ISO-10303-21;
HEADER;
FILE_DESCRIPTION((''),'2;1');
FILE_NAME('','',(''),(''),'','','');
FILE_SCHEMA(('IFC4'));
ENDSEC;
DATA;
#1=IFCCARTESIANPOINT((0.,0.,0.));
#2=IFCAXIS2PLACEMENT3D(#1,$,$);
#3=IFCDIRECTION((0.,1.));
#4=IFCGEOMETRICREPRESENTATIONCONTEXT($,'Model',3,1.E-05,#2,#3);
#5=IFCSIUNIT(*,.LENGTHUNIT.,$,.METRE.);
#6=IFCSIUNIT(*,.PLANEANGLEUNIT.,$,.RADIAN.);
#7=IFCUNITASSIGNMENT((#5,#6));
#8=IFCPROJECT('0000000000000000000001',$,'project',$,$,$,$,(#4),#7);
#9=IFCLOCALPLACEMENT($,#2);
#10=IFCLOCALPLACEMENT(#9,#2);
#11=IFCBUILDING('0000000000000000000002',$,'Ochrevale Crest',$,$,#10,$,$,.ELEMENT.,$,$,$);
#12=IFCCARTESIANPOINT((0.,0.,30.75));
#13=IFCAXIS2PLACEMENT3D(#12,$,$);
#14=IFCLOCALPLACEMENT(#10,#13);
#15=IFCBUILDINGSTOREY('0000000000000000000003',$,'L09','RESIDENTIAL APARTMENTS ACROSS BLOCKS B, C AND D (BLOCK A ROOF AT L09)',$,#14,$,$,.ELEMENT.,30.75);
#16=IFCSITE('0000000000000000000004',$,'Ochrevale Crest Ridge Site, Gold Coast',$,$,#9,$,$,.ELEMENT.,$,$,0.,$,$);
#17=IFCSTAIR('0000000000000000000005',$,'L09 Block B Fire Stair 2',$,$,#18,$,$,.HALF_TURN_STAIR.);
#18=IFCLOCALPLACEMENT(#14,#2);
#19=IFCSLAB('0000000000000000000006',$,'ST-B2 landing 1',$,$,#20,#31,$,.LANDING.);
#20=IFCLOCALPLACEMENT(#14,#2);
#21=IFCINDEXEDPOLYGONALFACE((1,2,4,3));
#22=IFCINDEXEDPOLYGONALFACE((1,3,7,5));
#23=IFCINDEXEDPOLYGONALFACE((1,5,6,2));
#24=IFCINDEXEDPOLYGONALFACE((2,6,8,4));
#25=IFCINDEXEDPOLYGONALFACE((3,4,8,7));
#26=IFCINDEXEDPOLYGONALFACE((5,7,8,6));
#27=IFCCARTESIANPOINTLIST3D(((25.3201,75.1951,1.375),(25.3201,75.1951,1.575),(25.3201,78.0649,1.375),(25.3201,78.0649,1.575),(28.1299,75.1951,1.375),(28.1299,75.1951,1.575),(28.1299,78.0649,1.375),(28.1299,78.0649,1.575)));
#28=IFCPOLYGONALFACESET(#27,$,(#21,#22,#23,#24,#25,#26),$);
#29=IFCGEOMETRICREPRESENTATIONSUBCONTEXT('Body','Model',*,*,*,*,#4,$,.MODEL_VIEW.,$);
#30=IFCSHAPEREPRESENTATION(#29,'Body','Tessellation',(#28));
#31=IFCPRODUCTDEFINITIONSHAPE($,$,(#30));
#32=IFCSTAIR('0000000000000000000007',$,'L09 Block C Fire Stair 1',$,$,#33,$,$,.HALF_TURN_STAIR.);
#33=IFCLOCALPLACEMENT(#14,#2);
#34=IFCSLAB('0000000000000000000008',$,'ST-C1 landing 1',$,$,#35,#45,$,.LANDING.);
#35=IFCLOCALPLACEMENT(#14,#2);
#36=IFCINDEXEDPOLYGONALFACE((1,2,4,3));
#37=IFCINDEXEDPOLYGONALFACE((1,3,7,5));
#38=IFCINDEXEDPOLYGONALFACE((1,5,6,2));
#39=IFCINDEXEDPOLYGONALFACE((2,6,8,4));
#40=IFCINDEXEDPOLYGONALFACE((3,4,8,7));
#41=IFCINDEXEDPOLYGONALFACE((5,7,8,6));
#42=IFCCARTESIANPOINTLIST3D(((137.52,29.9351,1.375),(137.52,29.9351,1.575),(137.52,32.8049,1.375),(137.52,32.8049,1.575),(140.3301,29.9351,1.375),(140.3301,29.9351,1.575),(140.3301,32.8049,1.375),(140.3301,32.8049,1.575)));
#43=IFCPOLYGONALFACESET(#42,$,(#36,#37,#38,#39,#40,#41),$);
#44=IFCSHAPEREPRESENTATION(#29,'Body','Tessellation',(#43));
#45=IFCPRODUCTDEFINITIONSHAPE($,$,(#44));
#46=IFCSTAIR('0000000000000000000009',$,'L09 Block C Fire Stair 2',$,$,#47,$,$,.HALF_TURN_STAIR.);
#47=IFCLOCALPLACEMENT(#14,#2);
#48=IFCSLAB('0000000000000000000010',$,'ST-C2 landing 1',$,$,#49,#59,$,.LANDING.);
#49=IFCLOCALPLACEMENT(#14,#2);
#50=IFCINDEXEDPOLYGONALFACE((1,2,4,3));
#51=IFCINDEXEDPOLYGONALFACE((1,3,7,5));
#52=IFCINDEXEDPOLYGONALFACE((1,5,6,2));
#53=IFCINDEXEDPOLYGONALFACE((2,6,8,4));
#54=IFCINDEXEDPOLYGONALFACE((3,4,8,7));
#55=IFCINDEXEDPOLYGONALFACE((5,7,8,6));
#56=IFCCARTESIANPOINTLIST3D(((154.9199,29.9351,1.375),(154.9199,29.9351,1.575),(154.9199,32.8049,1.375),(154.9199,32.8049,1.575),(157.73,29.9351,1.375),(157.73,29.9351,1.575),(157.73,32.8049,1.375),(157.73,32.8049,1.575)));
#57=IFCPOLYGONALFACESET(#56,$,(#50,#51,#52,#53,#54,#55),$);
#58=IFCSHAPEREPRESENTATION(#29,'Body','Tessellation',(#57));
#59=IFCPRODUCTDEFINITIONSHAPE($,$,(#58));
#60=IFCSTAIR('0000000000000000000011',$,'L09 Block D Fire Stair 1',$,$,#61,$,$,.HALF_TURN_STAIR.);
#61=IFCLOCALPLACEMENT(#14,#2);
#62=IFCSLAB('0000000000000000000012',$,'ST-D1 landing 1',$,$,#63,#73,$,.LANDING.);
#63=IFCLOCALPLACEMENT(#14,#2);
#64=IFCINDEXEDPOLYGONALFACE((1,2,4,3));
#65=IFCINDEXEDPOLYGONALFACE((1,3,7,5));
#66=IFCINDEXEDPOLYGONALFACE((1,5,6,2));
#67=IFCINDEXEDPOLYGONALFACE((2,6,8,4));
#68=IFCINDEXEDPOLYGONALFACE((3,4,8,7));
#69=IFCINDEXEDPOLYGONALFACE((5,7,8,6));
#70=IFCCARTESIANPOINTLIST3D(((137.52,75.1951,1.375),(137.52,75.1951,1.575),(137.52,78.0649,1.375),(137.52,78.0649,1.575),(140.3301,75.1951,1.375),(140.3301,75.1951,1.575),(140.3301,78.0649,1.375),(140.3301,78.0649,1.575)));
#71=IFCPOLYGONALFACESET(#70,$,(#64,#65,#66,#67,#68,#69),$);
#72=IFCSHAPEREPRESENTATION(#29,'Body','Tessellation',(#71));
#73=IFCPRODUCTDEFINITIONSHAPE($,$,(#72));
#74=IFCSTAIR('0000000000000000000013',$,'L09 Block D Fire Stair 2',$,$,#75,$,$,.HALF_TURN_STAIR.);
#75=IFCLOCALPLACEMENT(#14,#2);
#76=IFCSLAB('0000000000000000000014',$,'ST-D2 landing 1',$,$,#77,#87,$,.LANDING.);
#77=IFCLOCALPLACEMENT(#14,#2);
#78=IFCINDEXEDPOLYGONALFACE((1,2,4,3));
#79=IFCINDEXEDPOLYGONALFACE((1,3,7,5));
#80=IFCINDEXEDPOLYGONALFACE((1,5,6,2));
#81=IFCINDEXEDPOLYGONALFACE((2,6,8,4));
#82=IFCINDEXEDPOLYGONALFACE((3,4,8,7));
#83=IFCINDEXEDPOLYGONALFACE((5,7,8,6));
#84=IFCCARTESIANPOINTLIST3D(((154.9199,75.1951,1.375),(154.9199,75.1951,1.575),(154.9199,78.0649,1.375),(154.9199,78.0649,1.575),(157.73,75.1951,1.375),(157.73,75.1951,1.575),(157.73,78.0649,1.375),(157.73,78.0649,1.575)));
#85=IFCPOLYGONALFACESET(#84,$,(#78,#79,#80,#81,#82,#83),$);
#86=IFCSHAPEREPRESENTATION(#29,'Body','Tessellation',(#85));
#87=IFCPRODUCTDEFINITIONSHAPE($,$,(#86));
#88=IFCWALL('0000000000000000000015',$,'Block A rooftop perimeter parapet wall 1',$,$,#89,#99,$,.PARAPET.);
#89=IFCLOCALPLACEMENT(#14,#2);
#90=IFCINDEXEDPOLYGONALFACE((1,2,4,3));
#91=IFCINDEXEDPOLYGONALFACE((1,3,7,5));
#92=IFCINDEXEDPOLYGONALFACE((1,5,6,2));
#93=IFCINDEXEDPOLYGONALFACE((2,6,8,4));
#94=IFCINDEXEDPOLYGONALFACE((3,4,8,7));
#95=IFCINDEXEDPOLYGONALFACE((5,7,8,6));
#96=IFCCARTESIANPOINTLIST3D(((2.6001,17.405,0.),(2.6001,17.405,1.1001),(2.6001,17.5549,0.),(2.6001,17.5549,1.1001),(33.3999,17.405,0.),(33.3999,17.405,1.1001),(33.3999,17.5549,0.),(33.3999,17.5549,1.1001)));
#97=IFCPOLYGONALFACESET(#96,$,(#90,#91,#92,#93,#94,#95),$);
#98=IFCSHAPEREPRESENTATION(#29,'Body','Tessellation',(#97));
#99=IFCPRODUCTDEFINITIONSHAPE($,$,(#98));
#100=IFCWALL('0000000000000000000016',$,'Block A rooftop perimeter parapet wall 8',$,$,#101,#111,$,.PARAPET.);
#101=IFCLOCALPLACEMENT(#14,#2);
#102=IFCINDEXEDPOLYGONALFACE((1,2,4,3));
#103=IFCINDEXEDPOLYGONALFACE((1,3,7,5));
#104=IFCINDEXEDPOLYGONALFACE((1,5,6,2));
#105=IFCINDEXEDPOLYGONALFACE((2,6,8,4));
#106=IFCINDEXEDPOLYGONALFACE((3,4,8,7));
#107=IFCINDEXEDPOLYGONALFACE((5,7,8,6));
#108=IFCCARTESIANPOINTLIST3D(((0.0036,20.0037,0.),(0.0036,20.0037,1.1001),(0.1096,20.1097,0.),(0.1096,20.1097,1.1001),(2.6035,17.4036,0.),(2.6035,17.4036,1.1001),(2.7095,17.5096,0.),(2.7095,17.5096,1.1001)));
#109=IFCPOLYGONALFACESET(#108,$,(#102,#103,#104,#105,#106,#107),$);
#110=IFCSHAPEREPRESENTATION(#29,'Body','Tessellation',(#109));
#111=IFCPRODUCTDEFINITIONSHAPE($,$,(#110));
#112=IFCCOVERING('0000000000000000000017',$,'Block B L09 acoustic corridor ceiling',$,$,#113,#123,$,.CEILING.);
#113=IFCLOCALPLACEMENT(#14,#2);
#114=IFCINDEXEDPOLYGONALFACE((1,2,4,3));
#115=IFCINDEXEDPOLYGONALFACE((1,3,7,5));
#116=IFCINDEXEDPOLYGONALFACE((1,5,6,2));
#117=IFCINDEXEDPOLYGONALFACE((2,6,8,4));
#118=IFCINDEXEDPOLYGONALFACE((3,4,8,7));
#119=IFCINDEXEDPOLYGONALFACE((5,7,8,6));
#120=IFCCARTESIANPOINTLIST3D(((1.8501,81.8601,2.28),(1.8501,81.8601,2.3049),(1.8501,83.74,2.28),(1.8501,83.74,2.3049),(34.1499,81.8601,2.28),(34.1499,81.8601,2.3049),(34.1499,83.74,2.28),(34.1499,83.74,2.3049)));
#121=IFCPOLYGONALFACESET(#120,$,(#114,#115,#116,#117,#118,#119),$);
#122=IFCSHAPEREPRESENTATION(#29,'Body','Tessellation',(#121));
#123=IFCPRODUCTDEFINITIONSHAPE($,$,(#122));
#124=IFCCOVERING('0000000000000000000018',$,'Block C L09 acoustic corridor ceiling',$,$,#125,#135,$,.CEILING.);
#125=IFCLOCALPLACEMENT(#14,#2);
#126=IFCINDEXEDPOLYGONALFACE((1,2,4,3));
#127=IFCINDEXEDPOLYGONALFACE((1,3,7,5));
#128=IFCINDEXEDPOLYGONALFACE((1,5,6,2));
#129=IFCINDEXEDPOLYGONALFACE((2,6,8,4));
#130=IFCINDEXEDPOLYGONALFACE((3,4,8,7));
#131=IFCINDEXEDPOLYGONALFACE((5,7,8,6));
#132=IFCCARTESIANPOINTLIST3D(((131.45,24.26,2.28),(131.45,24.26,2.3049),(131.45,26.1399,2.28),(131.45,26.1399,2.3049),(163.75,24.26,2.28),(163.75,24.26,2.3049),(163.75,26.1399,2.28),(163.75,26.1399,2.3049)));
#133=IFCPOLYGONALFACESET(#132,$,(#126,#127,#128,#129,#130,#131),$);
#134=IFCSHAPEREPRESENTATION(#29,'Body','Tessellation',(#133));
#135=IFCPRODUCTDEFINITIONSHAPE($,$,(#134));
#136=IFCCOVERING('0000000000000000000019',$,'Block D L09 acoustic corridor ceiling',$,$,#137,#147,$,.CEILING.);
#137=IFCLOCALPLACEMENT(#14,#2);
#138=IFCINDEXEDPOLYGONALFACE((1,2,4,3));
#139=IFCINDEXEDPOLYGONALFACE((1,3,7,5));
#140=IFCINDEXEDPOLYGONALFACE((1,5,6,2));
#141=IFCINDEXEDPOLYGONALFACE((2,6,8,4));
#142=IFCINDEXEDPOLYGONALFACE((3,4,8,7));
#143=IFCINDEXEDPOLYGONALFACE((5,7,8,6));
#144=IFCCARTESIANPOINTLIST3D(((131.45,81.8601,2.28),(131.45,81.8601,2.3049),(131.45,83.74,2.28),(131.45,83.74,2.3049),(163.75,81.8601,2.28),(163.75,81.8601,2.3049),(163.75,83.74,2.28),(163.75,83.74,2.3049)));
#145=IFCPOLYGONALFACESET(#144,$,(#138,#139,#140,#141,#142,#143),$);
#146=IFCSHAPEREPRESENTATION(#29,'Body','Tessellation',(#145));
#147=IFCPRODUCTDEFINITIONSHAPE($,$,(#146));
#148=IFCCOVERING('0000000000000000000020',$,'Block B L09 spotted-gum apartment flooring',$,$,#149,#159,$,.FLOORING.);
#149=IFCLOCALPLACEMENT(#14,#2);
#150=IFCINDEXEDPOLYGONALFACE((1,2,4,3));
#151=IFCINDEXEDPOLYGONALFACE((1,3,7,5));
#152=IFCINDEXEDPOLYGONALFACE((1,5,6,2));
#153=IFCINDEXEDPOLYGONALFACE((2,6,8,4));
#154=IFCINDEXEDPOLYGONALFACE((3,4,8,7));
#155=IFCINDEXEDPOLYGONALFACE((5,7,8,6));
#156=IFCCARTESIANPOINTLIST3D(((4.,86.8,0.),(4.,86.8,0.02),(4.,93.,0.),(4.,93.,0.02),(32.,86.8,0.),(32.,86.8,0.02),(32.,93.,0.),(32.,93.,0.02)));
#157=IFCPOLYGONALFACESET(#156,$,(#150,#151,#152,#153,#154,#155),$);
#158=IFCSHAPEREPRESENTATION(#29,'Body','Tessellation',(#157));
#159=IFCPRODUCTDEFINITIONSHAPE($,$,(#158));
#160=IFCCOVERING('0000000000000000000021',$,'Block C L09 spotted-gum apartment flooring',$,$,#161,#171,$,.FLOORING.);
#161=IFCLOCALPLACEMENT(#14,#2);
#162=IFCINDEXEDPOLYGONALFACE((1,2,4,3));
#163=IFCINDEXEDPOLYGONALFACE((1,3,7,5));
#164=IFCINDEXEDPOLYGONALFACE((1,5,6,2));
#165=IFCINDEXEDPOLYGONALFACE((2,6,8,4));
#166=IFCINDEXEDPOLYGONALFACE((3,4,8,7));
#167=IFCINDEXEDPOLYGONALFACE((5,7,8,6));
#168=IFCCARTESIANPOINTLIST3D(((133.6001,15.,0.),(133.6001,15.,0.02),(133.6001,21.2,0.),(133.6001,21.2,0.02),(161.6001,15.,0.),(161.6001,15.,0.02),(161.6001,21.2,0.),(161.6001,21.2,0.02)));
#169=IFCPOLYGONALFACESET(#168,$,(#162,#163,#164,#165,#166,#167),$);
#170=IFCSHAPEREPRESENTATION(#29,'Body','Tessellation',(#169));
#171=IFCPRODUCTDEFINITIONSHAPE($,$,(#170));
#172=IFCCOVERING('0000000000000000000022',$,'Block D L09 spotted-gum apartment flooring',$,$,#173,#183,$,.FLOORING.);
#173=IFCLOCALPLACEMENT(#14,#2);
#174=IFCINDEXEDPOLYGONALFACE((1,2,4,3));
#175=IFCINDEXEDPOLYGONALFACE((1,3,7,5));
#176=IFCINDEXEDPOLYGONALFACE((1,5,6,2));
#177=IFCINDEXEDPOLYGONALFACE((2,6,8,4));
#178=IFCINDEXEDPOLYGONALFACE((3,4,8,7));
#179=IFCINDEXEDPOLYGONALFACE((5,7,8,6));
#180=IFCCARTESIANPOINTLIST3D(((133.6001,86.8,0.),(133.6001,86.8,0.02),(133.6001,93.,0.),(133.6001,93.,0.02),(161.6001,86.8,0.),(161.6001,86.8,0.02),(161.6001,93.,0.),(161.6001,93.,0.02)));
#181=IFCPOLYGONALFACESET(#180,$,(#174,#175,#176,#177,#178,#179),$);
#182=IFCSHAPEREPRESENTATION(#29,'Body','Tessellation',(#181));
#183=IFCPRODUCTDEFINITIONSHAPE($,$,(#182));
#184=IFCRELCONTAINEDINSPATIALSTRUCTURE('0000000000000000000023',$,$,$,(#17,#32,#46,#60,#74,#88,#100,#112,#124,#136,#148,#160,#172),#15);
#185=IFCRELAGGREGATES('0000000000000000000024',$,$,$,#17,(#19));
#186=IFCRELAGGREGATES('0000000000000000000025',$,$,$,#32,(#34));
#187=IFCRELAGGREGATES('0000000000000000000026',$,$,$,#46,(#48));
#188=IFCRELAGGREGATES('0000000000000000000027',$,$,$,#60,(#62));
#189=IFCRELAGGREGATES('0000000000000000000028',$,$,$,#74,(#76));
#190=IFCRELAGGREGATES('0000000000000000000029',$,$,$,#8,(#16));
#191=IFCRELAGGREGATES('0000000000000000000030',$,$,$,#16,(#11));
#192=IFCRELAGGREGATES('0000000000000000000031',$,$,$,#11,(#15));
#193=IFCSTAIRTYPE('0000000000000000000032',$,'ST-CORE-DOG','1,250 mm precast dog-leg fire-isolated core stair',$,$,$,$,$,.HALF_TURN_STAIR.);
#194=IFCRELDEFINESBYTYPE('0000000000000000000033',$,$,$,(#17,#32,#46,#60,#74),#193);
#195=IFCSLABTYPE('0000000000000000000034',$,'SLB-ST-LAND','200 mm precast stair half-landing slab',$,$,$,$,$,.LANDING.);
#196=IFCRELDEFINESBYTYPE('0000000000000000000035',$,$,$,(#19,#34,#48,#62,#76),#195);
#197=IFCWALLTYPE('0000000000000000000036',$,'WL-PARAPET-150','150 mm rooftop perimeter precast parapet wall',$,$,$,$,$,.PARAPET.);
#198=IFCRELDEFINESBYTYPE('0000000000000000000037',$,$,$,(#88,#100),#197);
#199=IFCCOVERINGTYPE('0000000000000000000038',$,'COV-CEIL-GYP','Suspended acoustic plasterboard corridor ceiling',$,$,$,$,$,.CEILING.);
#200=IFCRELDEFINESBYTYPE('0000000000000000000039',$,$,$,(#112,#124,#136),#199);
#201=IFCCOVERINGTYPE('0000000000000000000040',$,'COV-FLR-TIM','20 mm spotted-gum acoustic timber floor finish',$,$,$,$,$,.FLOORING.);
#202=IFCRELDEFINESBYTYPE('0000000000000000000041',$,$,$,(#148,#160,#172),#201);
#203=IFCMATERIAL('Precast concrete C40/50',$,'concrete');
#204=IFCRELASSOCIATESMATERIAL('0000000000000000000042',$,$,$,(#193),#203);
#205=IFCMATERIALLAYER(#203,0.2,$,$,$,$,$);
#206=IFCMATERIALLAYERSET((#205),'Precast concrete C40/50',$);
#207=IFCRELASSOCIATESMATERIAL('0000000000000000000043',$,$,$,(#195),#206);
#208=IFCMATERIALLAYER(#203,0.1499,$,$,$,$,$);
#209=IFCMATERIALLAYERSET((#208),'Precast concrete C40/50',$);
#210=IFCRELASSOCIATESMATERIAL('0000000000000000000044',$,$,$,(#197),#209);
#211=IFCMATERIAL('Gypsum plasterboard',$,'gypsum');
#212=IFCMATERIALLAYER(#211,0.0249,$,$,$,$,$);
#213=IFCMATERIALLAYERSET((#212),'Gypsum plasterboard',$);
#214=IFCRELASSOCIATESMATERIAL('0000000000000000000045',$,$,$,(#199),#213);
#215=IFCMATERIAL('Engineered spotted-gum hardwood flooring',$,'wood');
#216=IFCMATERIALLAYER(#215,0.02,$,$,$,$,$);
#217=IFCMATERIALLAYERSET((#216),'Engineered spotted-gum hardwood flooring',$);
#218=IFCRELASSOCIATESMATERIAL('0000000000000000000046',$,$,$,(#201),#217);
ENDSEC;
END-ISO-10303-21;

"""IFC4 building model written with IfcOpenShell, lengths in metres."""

from ifc_helpers import new_model, si_unit, direction, frame, frame_2d, origin, place, context, subcontext, project, spatial, polyline, rectangle, outline, extrude, material, layer, layer_set, type_object, element, aggregate, save


model = new_model("IFC4")

# Units and contexts
model_context = context("Model", 3, precision=1e-05, world=origin(), true_north=direction((0.0, 1.0)))
body_context = subcontext(model_context, "Body", "Model", "MODEL_VIEW")
ifc_project = project(units=[si_unit("LENGTHUNIT", "METRE"), si_unit("PLANEANGLEUNIT", "RADIAN")], contexts=[model_context])

# Site, building, storey
site_placement = place(None, origin())
site = spatial("IfcSite", under=ifc_project, at=site_placement, Name="Ochrevale Crest Ridge Site, Gold Coast", CompositionType="ELEMENT", RefElevation=0.0)
building_placement = place(site_placement, origin())
building = spatial("IfcBuilding", under=site, at=building_placement, Name="Ochrevale Crest", CompositionType="ELEMENT")
storey_placement = place(building_placement, frame((0.0, 0.0, 30.75)))
storey = spatial("IfcBuildingStorey", under=building, at=storey_placement, Name="L09", Description="RESIDENTIAL APARTMENTS ACROSS BLOCKS B, C AND D (BLOCK A ROOF AT L09)", CompositionType="ELEMENT", Elevation=30.75)

# Shared definitions
ifc_material_1 = material(Name="Precast concrete C40/50", Category="concrete")

# Stairs, slabs
stair_type = type_object("IfcStairType", Name="ST-CORE-DOG", Description="1,250 mm precast dog-leg fire-isolated core stair", PredefinedType="HALF_TURN_STAIR", material=ifc_material_1)
ifc_layer_1 = layer(ifc_material_1, 0.2)
ifc_layer_set_1 = layer_set([ifc_layer_1], Name="Precast concrete C40/50")
slab_type_1 = type_object("IfcSlabType", Name="SLB-ST-LAND", Description="200 mm precast stair half-landing slab", PredefinedType="LANDING", material=ifc_layer_set_1)
stair_1_placement = place(storey_placement, origin())
stair_1 = element("IfcStair", 1, at=stair_1_placement, inside=storey, type_object=stair_type, Name="L09 Block B Fire Stair 2", PredefinedType="HALF_TURN_STAIR")
slab_1_placement = place(storey_placement, frame((0.0, 0.0, 1.375)))
slab_1 = element("IfcSlab", 2, at=slab_1_placement, type_object=slab_type_1, Name="ST-B2 landing 1", PredefinedType="LANDING", context=body_context, shape_type="SweptSolid", body=[
    extrude(outline(polyline([(25.3201, 78.0649), (25.3201, 75.1951), (28.1299, 75.1951), (28.1299, 78.0649), (25.3201, 78.0649)])), origin(), (0.0, 0.0, 1.0), 0.2),
])
aggregate(stair_1, [slab_1])
stair_2_placement = place(storey_placement, origin())
stair_2 = element("IfcStair", 3, at=stair_2_placement, inside=storey, type_object=stair_type, Name="L09 Block C Fire Stair 1", PredefinedType="HALF_TURN_STAIR")
slab_2_placement = place(storey_placement, frame((0.0, 0.0, 1.375)))
slab_2 = element("IfcSlab", 4, at=slab_2_placement, type_object=slab_type_1, Name="ST-C1 landing 1", PredefinedType="LANDING", context=body_context, shape_type="SweptSolid", body=[
    extrude(outline(polyline([(140.3301, 29.9351), (140.3301, 32.8049), (137.52, 32.8049), (137.52, 29.9351), (140.3301, 29.9351)])), origin(), (0.0, 0.0, 1.0), 0.2),
])
aggregate(stair_2, [slab_2])
stair_3_placement = place(storey_placement, origin())
stair_3 = element("IfcStair", 5, at=stair_3_placement, inside=storey, type_object=stair_type, Name="L09 Block C Fire Stair 2", PredefinedType="HALF_TURN_STAIR")
slab_3_placement = place(storey_placement, frame((0.0, 0.0, 1.375)))
slab_3 = element("IfcSlab", 6, at=slab_3_placement, type_object=slab_type_1, Name="ST-C2 landing 1", PredefinedType="LANDING", context=body_context, shape_type="SweptSolid", body=[
    extrude(outline(polyline([(157.73, 29.9351), (157.73, 32.8049), (154.9199, 32.8049), (154.9199, 29.9351), (157.73, 29.9351)])), origin(), (0.0, 0.0, 1.0), 0.2),
])
aggregate(stair_3, [slab_3])
stair_4_placement = place(storey_placement, origin())
stair_4 = element("IfcStair", 7, at=stair_4_placement, inside=storey, type_object=stair_type, Name="L09 Block D Fire Stair 1", PredefinedType="HALF_TURN_STAIR")
slab_4_placement = place(storey_placement, frame((0.0, 0.0, 1.375)))
slab_4 = element("IfcSlab", 8, at=slab_4_placement, type_object=slab_type_1, Name="ST-D1 landing 1", PredefinedType="LANDING", context=body_context, shape_type="SweptSolid", body=[
    extrude(outline(polyline([(137.52, 78.0649), (137.52, 75.1951), (140.3301, 75.1951), (140.3301, 78.0649), (137.52, 78.0649)])), origin(), (0.0, 0.0, 1.0), 0.2),
])
aggregate(stair_4, [slab_4])
stair_5_placement = place(storey_placement, origin())
stair_5 = element("IfcStair", 9, at=stair_5_placement, inside=storey, type_object=stair_type, Name="L09 Block D Fire Stair 2", PredefinedType="HALF_TURN_STAIR")
slab_5_placement = place(storey_placement, frame((0.0, 0.0, 1.375)))
slab_5 = element("IfcSlab", 10, at=slab_5_placement, type_object=slab_type_1, Name="ST-D2 landing 1", PredefinedType="LANDING", context=body_context, shape_type="SweptSolid", body=[
    extrude(outline(polyline([(154.9199, 78.0649), (154.9199, 75.1951), (157.73, 75.1951), (157.73, 78.0649), (154.9199, 78.0649)])), origin(), (0.0, 0.0, 1.0), 0.2),
])
aggregate(stair_5, [slab_5])

# Walls
ifc_layer_2 = layer(ifc_material_1, 0.1499)
ifc_layer_set_2 = layer_set([ifc_layer_2], Name="Precast concrete C40/50")
wall_type = type_object("IfcWallType", Name="WL-PARAPET-150", Description="150 mm rooftop perimeter precast parapet wall", PredefinedType="PARAPET", material=ifc_layer_set_2)
wall_1_placement = place(storey_placement, frame((2.6001, 17.48, 0.0), z_axis=(0.0, 0.0, 1.0), x_axis=(1.0, 0.0, 0.0)))
element("IfcWall", 11, at=wall_1_placement, inside=storey, type_object=wall_type, Name="Block A rooftop perimeter parapet wall 1", PredefinedType="PARAPET", context=body_context, shape_type="SweptSolid", body=[
    extrude(rectangle(XDim=30.7998, YDim=0.1499, at=frame_2d((15.3999, 0.0))), origin(), (0.0, 0.0, 1.0), 1.1001),
])
wall_2_placement = place(storey_placement, frame((0.0566, 20.0566, 0.0), z_axis=(0.0, 0.0, 1.0), x_axis=(0.707074, -0.70714, 0.0)))
element("IfcWall", 12, at=wall_2_placement, inside=storey, type_object=wall_type, Name="Block A rooftop perimeter parapet wall 8", PredefinedType="PARAPET", context=body_context, shape_type="SweptSolid", body=[
    extrude(rectangle(XDim=3.677, YDim=0.1499, at=frame_2d((1.8384, 0.0))), origin(), (0.0, 0.0, 1.0), 1.1001),
])

# Coverings
ifc_material_2 = material(Name="Gypsum plasterboard", Category="gypsum")
ifc_layer_3 = layer(ifc_material_2, 0.0249)
ifc_layer_set_3 = layer_set([ifc_layer_3], Name="Gypsum plasterboard")
covering_type_1 = type_object("IfcCoveringType", Name="COV-CEIL-GYP", Description="Suspended acoustic plasterboard corridor ceiling", PredefinedType="CEILING", material=ifc_layer_set_3)
covering_1_placement = place(storey_placement, frame((0.0, 0.0, 2.28)))
element("IfcCovering", 13, at=covering_1_placement, inside=storey, type_object=covering_type_1, Name="Block B L09 acoustic corridor ceiling", PredefinedType="CEILING", context=body_context, shape_type="SweptSolid", body=[
    extrude(outline(polyline([(1.8501, 81.8601), (34.1499, 81.8601), (34.1499, 83.74), (1.8501, 83.74), (1.8501, 81.8601)])), origin(), (0.0, 0.0, 1.0), 0.0249),
])
covering_2_placement = place(storey_placement, frame((0.0, 0.0, 2.28)))
element("IfcCovering", 14, at=covering_2_placement, inside=storey, type_object=covering_type_1, Name="Block C L09 acoustic corridor ceiling", PredefinedType="CEILING", context=body_context, shape_type="SweptSolid", body=[
    extrude(outline(polyline([(131.45, 24.26), (163.75, 24.26), (163.75, 26.1399), (131.45, 26.1399), (131.45, 24.26)])), origin(), (0.0, 0.0, 1.0), 0.0249),
])
covering_3_placement = place(storey_placement, frame((0.0, 0.0, 2.28)))
element("IfcCovering", 15, at=covering_3_placement, inside=storey, type_object=covering_type_1, Name="Block D L09 acoustic corridor ceiling", PredefinedType="CEILING", context=body_context, shape_type="SweptSolid", body=[
    extrude(outline(polyline([(131.45, 81.8601), (163.75, 81.8601), (163.75, 83.74), (131.45, 83.74), (131.45, 81.8601)])), origin(), (0.0, 0.0, 1.0), 0.0249),
])
ifc_material_3 = material(Name="Engineered spotted-gum hardwood flooring", Category="wood")
ifc_layer_4 = layer(ifc_material_3, 0.02)
ifc_layer_set_4 = layer_set([ifc_layer_4], Name="Engineered spotted-gum hardwood flooring")
covering_type_2 = type_object("IfcCoveringType", Name="COV-FLR-TIM", Description="20 mm spotted-gum acoustic timber floor finish", PredefinedType="FLOORING", material=ifc_layer_set_4)
covering_4_placement = place(storey_placement, origin())
element("IfcCovering", 16, at=covering_4_placement, inside=storey, type_object=covering_type_2, Name="Block B L09 spotted-gum apartment flooring", PredefinedType="FLOORING", context=body_context, shape_type="SweptSolid", body=[
    extrude(outline(polyline([(4.0, 86.8), (32.0, 86.8), (32.0, 93.0), (4.0, 93.0), (4.0, 86.8)])), origin(), (0.0, 0.0, 1.0), 0.02),
])
covering_5_placement = place(storey_placement, origin())
element("IfcCovering", 17, at=covering_5_placement, inside=storey, type_object=covering_type_2, Name="Block C L09 spotted-gum apartment flooring", PredefinedType="FLOORING", context=body_context, shape_type="SweptSolid", body=[
    extrude(outline(polyline([(133.6001, 15.0), (161.6001, 15.0), (161.6001, 21.2), (133.6001, 21.2), (133.6001, 15.0)])), origin(), (0.0, 0.0, 1.0), 0.02),
])
covering_6_placement = place(storey_placement, origin())
element("IfcCovering", 18, at=covering_6_placement, inside=storey, type_object=covering_type_2, Name="Block D L09 spotted-gum apartment flooring", PredefinedType="FLOORING", context=body_context, shape_type="SweptSolid", body=[
    extrude(outline(polyline([(133.6001, 86.8), (161.6001, 86.8), (161.6001, 93.0), (133.6001, 93.0), (133.6001, 86.8)])), origin(), (0.0, 0.0, 1.0), 0.02),
])

save(model, "model.ifc")
